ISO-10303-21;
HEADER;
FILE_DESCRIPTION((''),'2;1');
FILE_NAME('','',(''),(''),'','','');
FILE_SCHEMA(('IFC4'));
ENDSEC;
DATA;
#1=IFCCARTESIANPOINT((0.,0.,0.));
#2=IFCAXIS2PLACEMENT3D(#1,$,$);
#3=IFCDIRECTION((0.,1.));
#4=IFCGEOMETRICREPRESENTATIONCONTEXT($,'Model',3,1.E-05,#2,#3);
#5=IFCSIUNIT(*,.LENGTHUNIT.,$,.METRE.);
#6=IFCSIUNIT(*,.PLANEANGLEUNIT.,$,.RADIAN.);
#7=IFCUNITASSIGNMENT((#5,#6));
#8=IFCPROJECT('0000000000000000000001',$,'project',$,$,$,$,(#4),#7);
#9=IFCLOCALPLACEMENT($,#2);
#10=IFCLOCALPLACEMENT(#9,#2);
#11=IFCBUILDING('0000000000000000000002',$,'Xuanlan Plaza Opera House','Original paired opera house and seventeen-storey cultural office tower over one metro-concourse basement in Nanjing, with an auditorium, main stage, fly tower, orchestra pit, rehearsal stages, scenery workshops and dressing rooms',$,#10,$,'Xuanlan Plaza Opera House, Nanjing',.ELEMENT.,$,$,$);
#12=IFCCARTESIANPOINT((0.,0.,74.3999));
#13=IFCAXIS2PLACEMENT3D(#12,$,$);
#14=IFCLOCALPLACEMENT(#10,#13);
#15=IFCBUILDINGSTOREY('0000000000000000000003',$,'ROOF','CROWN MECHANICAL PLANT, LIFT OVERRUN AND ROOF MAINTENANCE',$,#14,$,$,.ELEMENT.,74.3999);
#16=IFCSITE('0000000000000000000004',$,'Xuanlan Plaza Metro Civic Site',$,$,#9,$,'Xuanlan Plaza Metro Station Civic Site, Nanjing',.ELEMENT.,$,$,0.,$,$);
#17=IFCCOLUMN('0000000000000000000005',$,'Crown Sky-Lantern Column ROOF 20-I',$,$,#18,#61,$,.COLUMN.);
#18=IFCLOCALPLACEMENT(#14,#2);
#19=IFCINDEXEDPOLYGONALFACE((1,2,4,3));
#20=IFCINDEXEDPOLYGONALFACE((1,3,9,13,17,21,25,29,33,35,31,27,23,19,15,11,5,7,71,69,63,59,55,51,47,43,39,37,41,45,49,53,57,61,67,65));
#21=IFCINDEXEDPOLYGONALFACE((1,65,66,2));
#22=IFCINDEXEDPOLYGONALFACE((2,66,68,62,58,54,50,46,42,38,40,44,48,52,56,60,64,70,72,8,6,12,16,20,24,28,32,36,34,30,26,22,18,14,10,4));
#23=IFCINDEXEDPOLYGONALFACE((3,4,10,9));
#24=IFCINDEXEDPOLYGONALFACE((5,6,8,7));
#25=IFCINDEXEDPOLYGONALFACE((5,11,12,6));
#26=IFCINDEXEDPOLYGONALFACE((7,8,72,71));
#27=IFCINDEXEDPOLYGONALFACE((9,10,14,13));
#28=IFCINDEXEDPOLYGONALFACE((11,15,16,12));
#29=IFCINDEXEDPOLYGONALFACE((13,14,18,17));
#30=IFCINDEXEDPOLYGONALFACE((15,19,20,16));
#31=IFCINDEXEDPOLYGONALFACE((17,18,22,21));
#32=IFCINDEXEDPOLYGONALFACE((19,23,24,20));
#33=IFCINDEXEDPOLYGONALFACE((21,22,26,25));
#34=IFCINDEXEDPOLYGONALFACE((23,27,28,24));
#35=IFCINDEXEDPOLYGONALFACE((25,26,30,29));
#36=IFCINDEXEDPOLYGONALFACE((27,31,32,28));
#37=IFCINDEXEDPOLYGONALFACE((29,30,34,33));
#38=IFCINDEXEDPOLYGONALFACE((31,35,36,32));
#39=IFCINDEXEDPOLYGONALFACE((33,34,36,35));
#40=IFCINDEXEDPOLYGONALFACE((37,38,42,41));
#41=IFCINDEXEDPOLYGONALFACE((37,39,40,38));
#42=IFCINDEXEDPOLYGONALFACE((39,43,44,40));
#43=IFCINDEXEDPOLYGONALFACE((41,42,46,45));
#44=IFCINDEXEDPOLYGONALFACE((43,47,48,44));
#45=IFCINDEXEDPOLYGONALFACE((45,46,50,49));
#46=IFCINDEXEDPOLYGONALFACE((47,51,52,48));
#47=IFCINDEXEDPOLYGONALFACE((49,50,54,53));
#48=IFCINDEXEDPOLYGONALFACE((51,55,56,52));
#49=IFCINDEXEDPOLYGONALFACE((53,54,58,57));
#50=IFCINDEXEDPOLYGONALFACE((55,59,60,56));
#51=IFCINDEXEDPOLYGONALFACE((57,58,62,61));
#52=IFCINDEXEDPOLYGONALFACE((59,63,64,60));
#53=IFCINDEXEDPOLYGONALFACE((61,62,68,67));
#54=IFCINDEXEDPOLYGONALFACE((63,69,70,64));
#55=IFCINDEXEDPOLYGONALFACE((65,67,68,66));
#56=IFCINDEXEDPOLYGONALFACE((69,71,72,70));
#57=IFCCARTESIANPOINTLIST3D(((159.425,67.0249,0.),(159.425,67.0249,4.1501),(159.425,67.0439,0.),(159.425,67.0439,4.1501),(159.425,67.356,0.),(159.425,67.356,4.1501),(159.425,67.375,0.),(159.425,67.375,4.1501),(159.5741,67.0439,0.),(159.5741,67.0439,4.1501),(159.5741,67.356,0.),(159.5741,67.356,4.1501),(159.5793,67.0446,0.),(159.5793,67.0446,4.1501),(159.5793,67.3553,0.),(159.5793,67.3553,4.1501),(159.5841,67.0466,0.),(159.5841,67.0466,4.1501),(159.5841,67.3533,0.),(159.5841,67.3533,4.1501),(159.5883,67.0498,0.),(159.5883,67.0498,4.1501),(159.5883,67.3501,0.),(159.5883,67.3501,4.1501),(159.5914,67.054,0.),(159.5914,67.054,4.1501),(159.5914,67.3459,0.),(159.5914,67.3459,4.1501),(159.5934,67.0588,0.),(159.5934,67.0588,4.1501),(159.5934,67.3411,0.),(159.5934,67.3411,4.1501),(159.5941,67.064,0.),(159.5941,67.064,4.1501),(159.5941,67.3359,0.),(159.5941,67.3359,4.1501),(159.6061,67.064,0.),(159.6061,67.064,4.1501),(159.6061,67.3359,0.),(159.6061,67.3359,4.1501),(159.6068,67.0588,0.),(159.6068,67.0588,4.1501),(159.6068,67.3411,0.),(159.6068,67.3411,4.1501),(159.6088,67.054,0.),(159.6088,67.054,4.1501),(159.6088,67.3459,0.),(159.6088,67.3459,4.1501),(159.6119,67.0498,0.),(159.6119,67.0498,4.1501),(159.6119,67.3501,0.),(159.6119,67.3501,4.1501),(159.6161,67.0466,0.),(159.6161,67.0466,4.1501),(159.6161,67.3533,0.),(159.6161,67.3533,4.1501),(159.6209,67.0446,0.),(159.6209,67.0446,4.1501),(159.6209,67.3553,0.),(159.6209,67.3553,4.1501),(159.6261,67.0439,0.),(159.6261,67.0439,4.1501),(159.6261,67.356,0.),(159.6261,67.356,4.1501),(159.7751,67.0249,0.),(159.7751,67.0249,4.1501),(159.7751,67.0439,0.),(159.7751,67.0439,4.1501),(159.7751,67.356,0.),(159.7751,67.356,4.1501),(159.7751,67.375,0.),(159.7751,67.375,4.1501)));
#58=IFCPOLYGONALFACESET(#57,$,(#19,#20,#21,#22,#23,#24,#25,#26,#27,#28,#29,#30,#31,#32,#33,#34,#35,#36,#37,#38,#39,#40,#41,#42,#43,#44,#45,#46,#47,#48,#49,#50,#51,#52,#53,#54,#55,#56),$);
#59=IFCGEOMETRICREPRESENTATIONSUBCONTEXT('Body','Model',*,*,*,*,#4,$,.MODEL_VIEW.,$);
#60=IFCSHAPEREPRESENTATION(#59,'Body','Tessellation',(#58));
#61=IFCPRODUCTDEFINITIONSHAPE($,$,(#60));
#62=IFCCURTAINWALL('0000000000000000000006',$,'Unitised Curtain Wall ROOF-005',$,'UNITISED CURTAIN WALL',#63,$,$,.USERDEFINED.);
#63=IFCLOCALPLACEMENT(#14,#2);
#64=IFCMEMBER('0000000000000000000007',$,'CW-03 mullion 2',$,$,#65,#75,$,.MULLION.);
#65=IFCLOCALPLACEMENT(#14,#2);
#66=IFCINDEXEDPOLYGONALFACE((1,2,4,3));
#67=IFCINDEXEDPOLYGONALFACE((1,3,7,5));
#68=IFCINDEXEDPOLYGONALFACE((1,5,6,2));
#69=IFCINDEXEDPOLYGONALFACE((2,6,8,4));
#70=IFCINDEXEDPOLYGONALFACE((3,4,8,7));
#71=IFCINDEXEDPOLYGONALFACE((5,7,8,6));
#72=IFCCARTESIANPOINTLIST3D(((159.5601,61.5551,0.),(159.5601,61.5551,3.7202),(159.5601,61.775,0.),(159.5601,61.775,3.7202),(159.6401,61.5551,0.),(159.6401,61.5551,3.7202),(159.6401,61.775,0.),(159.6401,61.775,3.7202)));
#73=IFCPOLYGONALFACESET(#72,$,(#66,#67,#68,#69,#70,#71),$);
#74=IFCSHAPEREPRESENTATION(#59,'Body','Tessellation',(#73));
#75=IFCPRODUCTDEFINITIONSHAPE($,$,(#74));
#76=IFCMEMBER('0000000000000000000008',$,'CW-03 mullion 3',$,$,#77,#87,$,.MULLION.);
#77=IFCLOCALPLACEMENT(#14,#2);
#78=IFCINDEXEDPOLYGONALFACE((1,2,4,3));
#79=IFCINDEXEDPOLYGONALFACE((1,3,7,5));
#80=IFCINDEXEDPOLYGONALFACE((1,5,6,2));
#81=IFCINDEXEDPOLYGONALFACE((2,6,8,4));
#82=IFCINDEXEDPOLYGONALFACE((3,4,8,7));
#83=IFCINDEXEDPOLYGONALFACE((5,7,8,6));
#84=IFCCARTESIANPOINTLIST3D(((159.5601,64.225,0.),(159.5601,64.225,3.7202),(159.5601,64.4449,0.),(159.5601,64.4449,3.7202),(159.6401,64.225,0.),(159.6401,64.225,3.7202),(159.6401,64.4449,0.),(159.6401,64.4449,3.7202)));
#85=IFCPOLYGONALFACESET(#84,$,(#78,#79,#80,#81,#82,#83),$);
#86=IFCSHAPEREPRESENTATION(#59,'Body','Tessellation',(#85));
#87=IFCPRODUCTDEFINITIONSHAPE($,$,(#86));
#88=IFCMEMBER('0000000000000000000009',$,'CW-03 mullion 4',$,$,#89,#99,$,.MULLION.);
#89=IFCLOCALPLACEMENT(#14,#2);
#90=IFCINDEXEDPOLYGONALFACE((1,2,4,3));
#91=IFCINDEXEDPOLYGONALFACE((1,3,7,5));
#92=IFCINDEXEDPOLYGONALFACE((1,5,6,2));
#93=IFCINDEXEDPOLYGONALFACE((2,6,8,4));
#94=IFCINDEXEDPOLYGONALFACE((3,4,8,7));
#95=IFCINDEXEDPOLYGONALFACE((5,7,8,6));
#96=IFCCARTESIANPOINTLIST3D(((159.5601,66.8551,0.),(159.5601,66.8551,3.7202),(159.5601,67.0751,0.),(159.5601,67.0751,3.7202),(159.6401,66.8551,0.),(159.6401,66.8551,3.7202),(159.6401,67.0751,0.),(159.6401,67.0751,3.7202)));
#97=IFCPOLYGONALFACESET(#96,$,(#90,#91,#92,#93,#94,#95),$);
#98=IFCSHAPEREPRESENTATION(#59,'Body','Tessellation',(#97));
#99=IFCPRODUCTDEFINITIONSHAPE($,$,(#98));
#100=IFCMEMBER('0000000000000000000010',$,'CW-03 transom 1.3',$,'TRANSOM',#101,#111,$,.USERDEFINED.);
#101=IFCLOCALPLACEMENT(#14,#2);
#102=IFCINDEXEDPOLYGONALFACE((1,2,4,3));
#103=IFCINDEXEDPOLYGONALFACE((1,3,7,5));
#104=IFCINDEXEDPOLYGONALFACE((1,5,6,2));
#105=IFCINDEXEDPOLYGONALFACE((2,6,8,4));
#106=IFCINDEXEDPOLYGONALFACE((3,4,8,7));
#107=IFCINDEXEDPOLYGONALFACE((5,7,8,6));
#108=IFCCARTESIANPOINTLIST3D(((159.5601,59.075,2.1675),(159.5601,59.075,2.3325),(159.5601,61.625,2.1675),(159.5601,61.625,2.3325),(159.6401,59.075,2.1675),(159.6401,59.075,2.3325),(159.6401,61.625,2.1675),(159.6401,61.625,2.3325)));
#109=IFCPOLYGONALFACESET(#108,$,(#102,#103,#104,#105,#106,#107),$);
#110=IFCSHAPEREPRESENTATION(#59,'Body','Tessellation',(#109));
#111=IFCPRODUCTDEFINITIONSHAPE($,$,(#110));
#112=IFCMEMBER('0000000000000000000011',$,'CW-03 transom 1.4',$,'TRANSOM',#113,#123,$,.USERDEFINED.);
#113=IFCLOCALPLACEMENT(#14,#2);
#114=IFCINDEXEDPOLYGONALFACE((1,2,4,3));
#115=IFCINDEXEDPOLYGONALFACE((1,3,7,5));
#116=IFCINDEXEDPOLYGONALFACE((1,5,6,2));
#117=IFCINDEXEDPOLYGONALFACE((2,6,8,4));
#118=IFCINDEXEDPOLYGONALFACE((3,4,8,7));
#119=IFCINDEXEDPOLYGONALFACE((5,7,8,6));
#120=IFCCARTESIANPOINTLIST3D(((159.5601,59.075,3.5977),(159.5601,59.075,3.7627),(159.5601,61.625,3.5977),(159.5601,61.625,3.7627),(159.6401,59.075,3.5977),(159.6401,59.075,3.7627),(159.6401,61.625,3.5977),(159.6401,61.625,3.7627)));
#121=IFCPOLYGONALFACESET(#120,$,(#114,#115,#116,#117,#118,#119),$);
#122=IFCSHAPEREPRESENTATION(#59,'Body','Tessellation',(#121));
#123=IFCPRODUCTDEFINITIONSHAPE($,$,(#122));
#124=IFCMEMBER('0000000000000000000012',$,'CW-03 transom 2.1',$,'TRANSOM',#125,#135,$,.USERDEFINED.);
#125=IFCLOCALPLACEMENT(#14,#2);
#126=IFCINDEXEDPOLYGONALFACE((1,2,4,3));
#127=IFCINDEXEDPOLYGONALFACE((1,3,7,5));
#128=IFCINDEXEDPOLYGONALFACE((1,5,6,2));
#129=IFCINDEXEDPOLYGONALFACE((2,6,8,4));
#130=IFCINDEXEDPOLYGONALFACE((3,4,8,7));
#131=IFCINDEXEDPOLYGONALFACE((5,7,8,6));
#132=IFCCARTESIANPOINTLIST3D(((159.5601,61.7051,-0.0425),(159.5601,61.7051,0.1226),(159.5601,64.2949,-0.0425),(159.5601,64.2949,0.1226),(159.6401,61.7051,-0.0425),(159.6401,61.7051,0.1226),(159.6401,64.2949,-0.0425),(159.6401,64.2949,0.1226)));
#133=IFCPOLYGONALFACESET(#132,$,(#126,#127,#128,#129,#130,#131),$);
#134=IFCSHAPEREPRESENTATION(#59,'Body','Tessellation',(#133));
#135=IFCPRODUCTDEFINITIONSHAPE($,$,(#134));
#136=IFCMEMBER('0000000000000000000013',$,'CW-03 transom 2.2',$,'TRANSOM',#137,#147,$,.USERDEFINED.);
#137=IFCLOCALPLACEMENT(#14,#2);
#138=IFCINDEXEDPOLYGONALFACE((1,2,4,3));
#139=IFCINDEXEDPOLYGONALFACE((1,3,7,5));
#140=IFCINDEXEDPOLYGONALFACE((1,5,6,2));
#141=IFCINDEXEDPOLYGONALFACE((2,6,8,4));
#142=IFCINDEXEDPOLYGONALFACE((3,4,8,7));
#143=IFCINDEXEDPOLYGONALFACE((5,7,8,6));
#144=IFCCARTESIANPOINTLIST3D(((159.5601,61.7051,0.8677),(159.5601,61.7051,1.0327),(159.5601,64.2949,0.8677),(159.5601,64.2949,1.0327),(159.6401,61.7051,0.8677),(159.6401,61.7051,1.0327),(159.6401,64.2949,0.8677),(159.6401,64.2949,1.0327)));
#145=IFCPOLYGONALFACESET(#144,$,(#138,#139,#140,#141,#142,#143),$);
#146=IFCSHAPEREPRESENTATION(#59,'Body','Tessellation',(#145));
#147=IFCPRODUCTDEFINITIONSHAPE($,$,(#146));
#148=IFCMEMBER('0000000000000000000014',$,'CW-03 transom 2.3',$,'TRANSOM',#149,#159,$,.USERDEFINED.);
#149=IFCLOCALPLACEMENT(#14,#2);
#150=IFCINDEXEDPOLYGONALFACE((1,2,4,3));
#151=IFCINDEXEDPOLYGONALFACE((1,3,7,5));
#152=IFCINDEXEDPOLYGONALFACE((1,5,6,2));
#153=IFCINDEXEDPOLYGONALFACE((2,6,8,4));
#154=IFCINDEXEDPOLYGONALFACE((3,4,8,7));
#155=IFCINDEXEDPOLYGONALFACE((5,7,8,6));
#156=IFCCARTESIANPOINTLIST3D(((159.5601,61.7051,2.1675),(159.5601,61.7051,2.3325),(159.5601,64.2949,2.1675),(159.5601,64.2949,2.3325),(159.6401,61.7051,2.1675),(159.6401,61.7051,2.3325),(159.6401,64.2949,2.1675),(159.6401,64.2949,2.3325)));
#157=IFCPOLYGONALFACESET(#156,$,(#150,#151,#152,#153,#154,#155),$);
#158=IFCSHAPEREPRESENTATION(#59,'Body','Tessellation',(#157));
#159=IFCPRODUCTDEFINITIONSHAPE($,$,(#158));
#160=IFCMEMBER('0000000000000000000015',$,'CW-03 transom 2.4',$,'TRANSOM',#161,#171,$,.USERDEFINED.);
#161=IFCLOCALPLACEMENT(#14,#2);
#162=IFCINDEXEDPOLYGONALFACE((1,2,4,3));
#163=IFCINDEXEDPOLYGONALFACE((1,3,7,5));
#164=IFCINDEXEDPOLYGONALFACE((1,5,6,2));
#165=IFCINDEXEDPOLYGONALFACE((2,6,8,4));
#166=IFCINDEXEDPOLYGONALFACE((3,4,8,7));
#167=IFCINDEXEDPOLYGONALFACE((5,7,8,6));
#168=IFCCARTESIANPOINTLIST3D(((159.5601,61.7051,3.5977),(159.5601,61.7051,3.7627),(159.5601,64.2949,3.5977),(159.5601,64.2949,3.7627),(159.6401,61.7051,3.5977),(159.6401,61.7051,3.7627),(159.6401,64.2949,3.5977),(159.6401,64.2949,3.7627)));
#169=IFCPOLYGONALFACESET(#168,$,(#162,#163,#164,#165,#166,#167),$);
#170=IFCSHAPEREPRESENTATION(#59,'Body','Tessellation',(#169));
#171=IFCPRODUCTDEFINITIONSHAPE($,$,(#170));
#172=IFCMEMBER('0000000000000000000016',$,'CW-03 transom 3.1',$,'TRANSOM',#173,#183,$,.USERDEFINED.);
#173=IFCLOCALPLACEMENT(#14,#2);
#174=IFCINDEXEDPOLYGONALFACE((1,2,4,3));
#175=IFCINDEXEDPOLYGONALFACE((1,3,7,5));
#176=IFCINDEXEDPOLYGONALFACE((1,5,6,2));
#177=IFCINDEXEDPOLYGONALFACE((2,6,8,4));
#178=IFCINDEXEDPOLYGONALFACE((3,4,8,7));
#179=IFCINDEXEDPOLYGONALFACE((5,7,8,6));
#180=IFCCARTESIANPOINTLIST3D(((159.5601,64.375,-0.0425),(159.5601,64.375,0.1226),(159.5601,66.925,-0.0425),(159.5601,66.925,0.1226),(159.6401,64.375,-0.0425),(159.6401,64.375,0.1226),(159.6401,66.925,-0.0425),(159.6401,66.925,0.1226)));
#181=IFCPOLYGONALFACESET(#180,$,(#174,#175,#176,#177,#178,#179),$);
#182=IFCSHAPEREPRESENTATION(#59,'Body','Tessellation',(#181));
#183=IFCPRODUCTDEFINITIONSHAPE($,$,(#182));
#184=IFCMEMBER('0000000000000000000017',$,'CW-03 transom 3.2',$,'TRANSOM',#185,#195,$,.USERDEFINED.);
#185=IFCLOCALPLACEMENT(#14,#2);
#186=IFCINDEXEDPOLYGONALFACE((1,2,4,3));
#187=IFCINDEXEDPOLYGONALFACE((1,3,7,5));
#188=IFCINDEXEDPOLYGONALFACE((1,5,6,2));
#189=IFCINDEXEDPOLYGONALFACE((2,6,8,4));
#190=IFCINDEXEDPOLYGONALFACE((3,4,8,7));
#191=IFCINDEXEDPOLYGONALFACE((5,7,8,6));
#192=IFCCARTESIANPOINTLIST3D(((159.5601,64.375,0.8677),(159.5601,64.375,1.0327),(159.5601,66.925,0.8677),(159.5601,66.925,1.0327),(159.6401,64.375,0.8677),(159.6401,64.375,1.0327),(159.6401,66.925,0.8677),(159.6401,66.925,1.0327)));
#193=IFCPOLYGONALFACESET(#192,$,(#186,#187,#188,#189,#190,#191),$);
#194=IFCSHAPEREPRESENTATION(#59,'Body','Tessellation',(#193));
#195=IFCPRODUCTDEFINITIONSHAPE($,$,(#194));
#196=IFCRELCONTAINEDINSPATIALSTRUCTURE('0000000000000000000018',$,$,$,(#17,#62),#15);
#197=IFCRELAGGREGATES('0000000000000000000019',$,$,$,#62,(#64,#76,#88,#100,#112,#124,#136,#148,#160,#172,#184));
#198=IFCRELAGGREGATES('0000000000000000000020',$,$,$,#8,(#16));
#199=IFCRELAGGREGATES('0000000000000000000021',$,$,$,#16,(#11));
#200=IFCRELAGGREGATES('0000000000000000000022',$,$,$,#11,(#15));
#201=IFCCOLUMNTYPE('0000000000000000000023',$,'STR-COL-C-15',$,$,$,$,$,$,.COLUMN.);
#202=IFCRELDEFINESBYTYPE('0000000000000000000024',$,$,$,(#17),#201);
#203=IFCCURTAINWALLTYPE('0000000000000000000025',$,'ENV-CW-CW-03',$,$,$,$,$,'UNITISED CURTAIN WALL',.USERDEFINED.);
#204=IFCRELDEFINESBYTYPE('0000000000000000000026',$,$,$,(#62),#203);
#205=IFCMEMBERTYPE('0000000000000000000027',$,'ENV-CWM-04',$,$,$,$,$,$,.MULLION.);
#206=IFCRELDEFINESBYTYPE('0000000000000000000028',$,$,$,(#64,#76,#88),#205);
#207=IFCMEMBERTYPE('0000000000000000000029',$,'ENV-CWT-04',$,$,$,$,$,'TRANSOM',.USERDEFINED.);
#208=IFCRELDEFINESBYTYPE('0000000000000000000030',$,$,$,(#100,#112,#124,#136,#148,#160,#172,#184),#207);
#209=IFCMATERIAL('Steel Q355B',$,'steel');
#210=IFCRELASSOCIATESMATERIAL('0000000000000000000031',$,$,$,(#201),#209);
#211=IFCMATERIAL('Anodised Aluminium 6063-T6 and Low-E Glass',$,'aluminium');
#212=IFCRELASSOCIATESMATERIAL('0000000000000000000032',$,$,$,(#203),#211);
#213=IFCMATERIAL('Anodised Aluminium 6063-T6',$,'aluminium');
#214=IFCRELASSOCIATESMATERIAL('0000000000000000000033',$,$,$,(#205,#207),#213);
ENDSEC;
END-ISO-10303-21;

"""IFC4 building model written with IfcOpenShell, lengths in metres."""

from ifc_helpers import new_model, si_unit, direction, frame, origin, origin_2d, place, context, subcontext, project, spatial, rectangle, i_section, extrude, material, material_profile, profile_set, type_object, element, aggregate, save


model = new_model("IFC4")

# Units and contexts
model_context = context("Model", 3, precision=1e-05, world=origin(), true_north=direction((0.0, 1.0)))
body_context = subcontext(model_context, "Body", "Model", "MODEL_VIEW")
ifc_project = project(units=[si_unit("LENGTHUNIT", "METRE"), si_unit("PLANEANGLEUNIT", "RADIAN")], contexts=[model_context])

# Site, building, storey
site_placement = place(None, origin())
site = spatial("IfcSite", under=ifc_project, at=site_placement, Name="Xuanlan Plaza Metro Civic Site", LongName="Xuanlan Plaza Metro Station Civic Site, Nanjing", CompositionType="ELEMENT", RefElevation=0.0)
building_placement = place(site_placement, origin())
building = spatial("IfcBuilding", under=site, at=building_placement, Name="Xuanlan Plaza Opera House", Description="Original paired opera house and seventeen-storey cultural office tower over one metro-concourse basement in Nanjing, with an auditorium, main stage, fly tower, orchestra pit, rehearsal stages, scenery workshops and dressing rooms", LongName="Xuanlan Plaza Opera House, Nanjing", CompositionType="ELEMENT")
storey_placement = place(building_placement, frame((0.0, 0.0, 74.3999)))
storey = spatial("IfcBuildingStorey", under=building, at=storey_placement, Name="ROOF", Description="CROWN MECHANICAL PLANT, LIFT OVERRUN AND ROOF MAINTENANCE", CompositionType="ELEMENT", Elevation=74.3999)

# Column
ifc_material_1 = material(Name="Steel Q355B", Category="steel")
ifc_material_profile_1 = material_profile(ifc_material_1, i_section(OverallWidth=0.3501, OverallDepth=0.3501, WebThickness=0.012, FlangeThickness=0.019, FilletRadius=0.02, at=origin_2d()), Name="HW 350x350x12x19")
ifc_profile_set_1 = profile_set([ifc_material_profile_1], Name="Steel Q355B")
column_type = type_object("IfcColumnType", Name="STR-COL-C-15", PredefinedType="COLUMN", material=ifc_profile_set_1)
column_placement = place(storey_placement, frame((159.6001, 67.2, 0.0), z_axis=(0.0, 0.0, 1.0), x_axis=(1.0, 0.0, 0.0)))
element("IfcColumn", 1, at=column_placement, inside=storey, type_object=column_type, Name="Crown Sky-Lantern Column ROOF 20-I", PredefinedType="COLUMN", context=body_context, shape_type="SweptSolid", body=[
    extrude(i_section(OverallWidth=0.3501, OverallDepth=0.3501, WebThickness=0.012, FlangeThickness=0.019, FilletRadius=0.02, at=origin_2d()), origin(), (0.0, 0.0, 1.0), 4.1501),
])

# Curtain wall, members
ifc_material_2 = material(Name="Anodised Aluminium 6063-T6 and Low-E Glass", Category="aluminium")
curtain_wall_type = type_object("IfcCurtainWallType", Name="ENV-CW-CW-03", ElementType="UNITISED CURTAIN WALL", PredefinedType="USERDEFINED", material=ifc_material_2)
curtain_wall_placement = place(storey_placement, origin())
curtain_wall = element("IfcCurtainWall", 2, at=curtain_wall_placement, inside=storey, type_object=curtain_wall_type, Name="Unitised Curtain Wall ROOF-005", ObjectType="UNITISED CURTAIN WALL", PredefinedType="USERDEFINED")
ifc_material_3 = material(Name="Anodised Aluminium 6063-T6", Category="aluminium")
ifc_material_profile_2 = material_profile(ifc_material_3, rectangle(XDim=0.0801, YDim=0.22, at=origin_2d()), Name="ALU-M 80x220")
ifc_profile_set_2 = profile_set([ifc_material_profile_2], Name="Anodised Aluminium 6063-T6")
member_type_1 = type_object("IfcMemberType", Name="ENV-CWM-04", PredefinedType="MULLION", material=ifc_profile_set_2)
member_1_placement = place(storey_placement, frame((159.6001, 61.665, 0.0), z_axis=(0.0, 0.0, 1.0), x_axis=(-1.0, 0.0, 0.0)))
member_1 = element("IfcMember", 3, at=member_1_placement, type_object=member_type_1, Name="CW-03 mullion 2", PredefinedType="MULLION", context=body_context, shape_type="SweptSolid", body=[
    extrude(rectangle(XDim=0.0801, YDim=0.22, at=origin_2d()), origin(), (0.0, 0.0, 1.0), 3.7202),
])
member_2_placement = place(storey_placement, frame((159.6001, 64.335, 0.0), z_axis=(0.0, 0.0, 1.0), x_axis=(-1.0, 0.0, 0.0)))
member_2 = element("IfcMember", 4, at=member_2_placement, type_object=member_type_1, Name="CW-03 mullion 3", PredefinedType="MULLION", context=body_context, shape_type="SweptSolid", body=[
    extrude(rectangle(XDim=0.0801, YDim=0.22, at=origin_2d()), origin(), (0.0, 0.0, 1.0), 3.7202),
])
member_3_placement = place(storey_placement, frame((159.6001, 66.9651, 0.0), z_axis=(0.0, 0.0, 1.0), x_axis=(-1.0, 0.0, 0.0)))
member_3 = element("IfcMember", 5, at=member_3_placement, type_object=member_type_1, Name="CW-03 mullion 4", PredefinedType="MULLION", context=body_context, shape_type="SweptSolid", body=[
    extrude(rectangle(XDim=0.0801, YDim=0.22, at=origin_2d()), origin(), (0.0, 0.0, 1.0), 3.7202),
])
ifc_material_profile_3 = material_profile(ifc_material_3, rectangle(XDim=0.0801, YDim=0.165, at=origin_2d()), Name="ALU-T 80x165")
ifc_profile_set_3 = profile_set([ifc_material_profile_3], Name="Anodised Aluminium 6063-T6")
member_type_2 = type_object("IfcMemberType", Name="ENV-CWT-04", ElementType="TRANSOM", PredefinedType="USERDEFINED", material=ifc_profile_set_3)
member_4_placement = place(storey_placement, frame((159.6001, 59.075, 2.25), z_axis=(0.0, 1.0, 0.0), x_axis=(-1.0, 0.0, 0.0)))
member_4 = element("IfcMember", 6, at=member_4_placement, type_object=member_type_2, Name="CW-03 transom 1.3", ObjectType="TRANSOM", PredefinedType="USERDEFINED", context=body_context, shape_type="SweptSolid", body=[
    extrude(rectangle(XDim=0.0801, YDim=0.165, at=origin_2d()), origin(), (0.0, 0.0, 1.0), 2.55),
])
member_5_placement = place(storey_placement, frame((159.6001, 59.075, 3.6802), z_axis=(0.0, 1.0, 0.0), x_axis=(-1.0, 0.0, 0.0)))
member_5 = element("IfcMember", 7, at=member_5_placement, type_object=member_type_2, Name="CW-03 transom 1.4", ObjectType="TRANSOM", PredefinedType="USERDEFINED", context=body_context, shape_type="SweptSolid", body=[
    extrude(rectangle(XDim=0.0801, YDim=0.165, at=origin_2d()), origin(), (0.0, 0.0, 1.0), 2.55),
])
member_6_placement = place(storey_placement, frame((159.6001, 61.7051, 0.04), z_axis=(0.0, 1.0, 0.0), x_axis=(-1.0, 0.0, 0.0)))
member_6 = element("IfcMember", 8, at=member_6_placement, type_object=member_type_2, Name="CW-03 transom 2.1", ObjectType="TRANSOM", PredefinedType="USERDEFINED", context=body_context, shape_type="SweptSolid", body=[
    extrude(rectangle(XDim=0.0801, YDim=0.165, at=origin_2d()), origin(), (0.0, 0.0, 1.0), 2.5898),
])
member_7_placement = place(storey_placement, frame((159.6001, 61.7051, 0.9502), z_axis=(0.0, 1.0, 0.0), x_axis=(-1.0, 0.0, 0.0)))
member_7 = element("IfcMember", 9, at=member_7_placement, type_object=member_type_2, Name="CW-03 transom 2.2", ObjectType="TRANSOM", PredefinedType="USERDEFINED", context=body_context, shape_type="SweptSolid", body=[
    extrude(rectangle(XDim=0.0801, YDim=0.165, at=origin_2d()), origin(), (0.0, 0.0, 1.0), 2.5898),
])
member_8_placement = place(storey_placement, frame((159.6001, 61.7051, 2.25), z_axis=(0.0, 1.0, 0.0), x_axis=(-1.0, 0.0, 0.0)))
member_8 = element("IfcMember", 10, at=member_8_placement, type_object=member_type_2, Name="CW-03 transom 2.3", ObjectType="TRANSOM", PredefinedType="USERDEFINED", context=body_context, shape_type="SweptSolid", body=[
    extrude(rectangle(XDim=0.0801, YDim=0.165, at=origin_2d()), origin(), (0.0, 0.0, 1.0), 2.5898),
])
member_9_placement = place(storey_placement, frame((159.6001, 61.7051, 3.6802), z_axis=(0.0, 1.0, 0.0), x_axis=(-1.0, 0.0, 0.0)))
member_9 = element("IfcMember", 11, at=member_9_placement, type_object=member_type_2, Name="CW-03 transom 2.4", ObjectType="TRANSOM", PredefinedType="USERDEFINED", context=body_context, shape_type="SweptSolid", body=[
    extrude(rectangle(XDim=0.0801, YDim=0.165, at=origin_2d()), origin(), (0.0, 0.0, 1.0), 2.5898),
])
member_10_placement = place(storey_placement, frame((159.6001, 64.375, 0.04), z_axis=(0.0, 1.0, 0.0), x_axis=(-1.0, 0.0, 0.0)))
member_10 = element("IfcMember", 12, at=member_10_placement, type_object=member_type_2, Name="CW-03 transom 3.1", ObjectType="TRANSOM", PredefinedType="USERDEFINED", context=body_context, shape_type="SweptSolid", body=[
    extrude(rectangle(XDim=0.0801, YDim=0.165, at=origin_2d()), origin(), (0.0, 0.0, 1.0), 2.55),
])
member_11_placement = place(storey_placement, frame((159.6001, 64.375, 0.9502), z_axis=(0.0, 1.0, 0.0), x_axis=(-1.0, 0.0, 0.0)))
member_11 = element("IfcMember", 13, at=member_11_placement, type_object=member_type_2, Name="CW-03 transom 3.2", ObjectType="TRANSOM", PredefinedType="USERDEFINED", context=body_context, shape_type="SweptSolid", body=[
    extrude(rectangle(XDim=0.0801, YDim=0.165, at=origin_2d()), origin(), (0.0, 0.0, 1.0), 2.55),
])

aggregate(curtain_wall, [member_1, member_2, member_3, member_4, member_5, member_6, member_7, member_8, member_9, member_10, member_11])

save(model, "model.ifc")
